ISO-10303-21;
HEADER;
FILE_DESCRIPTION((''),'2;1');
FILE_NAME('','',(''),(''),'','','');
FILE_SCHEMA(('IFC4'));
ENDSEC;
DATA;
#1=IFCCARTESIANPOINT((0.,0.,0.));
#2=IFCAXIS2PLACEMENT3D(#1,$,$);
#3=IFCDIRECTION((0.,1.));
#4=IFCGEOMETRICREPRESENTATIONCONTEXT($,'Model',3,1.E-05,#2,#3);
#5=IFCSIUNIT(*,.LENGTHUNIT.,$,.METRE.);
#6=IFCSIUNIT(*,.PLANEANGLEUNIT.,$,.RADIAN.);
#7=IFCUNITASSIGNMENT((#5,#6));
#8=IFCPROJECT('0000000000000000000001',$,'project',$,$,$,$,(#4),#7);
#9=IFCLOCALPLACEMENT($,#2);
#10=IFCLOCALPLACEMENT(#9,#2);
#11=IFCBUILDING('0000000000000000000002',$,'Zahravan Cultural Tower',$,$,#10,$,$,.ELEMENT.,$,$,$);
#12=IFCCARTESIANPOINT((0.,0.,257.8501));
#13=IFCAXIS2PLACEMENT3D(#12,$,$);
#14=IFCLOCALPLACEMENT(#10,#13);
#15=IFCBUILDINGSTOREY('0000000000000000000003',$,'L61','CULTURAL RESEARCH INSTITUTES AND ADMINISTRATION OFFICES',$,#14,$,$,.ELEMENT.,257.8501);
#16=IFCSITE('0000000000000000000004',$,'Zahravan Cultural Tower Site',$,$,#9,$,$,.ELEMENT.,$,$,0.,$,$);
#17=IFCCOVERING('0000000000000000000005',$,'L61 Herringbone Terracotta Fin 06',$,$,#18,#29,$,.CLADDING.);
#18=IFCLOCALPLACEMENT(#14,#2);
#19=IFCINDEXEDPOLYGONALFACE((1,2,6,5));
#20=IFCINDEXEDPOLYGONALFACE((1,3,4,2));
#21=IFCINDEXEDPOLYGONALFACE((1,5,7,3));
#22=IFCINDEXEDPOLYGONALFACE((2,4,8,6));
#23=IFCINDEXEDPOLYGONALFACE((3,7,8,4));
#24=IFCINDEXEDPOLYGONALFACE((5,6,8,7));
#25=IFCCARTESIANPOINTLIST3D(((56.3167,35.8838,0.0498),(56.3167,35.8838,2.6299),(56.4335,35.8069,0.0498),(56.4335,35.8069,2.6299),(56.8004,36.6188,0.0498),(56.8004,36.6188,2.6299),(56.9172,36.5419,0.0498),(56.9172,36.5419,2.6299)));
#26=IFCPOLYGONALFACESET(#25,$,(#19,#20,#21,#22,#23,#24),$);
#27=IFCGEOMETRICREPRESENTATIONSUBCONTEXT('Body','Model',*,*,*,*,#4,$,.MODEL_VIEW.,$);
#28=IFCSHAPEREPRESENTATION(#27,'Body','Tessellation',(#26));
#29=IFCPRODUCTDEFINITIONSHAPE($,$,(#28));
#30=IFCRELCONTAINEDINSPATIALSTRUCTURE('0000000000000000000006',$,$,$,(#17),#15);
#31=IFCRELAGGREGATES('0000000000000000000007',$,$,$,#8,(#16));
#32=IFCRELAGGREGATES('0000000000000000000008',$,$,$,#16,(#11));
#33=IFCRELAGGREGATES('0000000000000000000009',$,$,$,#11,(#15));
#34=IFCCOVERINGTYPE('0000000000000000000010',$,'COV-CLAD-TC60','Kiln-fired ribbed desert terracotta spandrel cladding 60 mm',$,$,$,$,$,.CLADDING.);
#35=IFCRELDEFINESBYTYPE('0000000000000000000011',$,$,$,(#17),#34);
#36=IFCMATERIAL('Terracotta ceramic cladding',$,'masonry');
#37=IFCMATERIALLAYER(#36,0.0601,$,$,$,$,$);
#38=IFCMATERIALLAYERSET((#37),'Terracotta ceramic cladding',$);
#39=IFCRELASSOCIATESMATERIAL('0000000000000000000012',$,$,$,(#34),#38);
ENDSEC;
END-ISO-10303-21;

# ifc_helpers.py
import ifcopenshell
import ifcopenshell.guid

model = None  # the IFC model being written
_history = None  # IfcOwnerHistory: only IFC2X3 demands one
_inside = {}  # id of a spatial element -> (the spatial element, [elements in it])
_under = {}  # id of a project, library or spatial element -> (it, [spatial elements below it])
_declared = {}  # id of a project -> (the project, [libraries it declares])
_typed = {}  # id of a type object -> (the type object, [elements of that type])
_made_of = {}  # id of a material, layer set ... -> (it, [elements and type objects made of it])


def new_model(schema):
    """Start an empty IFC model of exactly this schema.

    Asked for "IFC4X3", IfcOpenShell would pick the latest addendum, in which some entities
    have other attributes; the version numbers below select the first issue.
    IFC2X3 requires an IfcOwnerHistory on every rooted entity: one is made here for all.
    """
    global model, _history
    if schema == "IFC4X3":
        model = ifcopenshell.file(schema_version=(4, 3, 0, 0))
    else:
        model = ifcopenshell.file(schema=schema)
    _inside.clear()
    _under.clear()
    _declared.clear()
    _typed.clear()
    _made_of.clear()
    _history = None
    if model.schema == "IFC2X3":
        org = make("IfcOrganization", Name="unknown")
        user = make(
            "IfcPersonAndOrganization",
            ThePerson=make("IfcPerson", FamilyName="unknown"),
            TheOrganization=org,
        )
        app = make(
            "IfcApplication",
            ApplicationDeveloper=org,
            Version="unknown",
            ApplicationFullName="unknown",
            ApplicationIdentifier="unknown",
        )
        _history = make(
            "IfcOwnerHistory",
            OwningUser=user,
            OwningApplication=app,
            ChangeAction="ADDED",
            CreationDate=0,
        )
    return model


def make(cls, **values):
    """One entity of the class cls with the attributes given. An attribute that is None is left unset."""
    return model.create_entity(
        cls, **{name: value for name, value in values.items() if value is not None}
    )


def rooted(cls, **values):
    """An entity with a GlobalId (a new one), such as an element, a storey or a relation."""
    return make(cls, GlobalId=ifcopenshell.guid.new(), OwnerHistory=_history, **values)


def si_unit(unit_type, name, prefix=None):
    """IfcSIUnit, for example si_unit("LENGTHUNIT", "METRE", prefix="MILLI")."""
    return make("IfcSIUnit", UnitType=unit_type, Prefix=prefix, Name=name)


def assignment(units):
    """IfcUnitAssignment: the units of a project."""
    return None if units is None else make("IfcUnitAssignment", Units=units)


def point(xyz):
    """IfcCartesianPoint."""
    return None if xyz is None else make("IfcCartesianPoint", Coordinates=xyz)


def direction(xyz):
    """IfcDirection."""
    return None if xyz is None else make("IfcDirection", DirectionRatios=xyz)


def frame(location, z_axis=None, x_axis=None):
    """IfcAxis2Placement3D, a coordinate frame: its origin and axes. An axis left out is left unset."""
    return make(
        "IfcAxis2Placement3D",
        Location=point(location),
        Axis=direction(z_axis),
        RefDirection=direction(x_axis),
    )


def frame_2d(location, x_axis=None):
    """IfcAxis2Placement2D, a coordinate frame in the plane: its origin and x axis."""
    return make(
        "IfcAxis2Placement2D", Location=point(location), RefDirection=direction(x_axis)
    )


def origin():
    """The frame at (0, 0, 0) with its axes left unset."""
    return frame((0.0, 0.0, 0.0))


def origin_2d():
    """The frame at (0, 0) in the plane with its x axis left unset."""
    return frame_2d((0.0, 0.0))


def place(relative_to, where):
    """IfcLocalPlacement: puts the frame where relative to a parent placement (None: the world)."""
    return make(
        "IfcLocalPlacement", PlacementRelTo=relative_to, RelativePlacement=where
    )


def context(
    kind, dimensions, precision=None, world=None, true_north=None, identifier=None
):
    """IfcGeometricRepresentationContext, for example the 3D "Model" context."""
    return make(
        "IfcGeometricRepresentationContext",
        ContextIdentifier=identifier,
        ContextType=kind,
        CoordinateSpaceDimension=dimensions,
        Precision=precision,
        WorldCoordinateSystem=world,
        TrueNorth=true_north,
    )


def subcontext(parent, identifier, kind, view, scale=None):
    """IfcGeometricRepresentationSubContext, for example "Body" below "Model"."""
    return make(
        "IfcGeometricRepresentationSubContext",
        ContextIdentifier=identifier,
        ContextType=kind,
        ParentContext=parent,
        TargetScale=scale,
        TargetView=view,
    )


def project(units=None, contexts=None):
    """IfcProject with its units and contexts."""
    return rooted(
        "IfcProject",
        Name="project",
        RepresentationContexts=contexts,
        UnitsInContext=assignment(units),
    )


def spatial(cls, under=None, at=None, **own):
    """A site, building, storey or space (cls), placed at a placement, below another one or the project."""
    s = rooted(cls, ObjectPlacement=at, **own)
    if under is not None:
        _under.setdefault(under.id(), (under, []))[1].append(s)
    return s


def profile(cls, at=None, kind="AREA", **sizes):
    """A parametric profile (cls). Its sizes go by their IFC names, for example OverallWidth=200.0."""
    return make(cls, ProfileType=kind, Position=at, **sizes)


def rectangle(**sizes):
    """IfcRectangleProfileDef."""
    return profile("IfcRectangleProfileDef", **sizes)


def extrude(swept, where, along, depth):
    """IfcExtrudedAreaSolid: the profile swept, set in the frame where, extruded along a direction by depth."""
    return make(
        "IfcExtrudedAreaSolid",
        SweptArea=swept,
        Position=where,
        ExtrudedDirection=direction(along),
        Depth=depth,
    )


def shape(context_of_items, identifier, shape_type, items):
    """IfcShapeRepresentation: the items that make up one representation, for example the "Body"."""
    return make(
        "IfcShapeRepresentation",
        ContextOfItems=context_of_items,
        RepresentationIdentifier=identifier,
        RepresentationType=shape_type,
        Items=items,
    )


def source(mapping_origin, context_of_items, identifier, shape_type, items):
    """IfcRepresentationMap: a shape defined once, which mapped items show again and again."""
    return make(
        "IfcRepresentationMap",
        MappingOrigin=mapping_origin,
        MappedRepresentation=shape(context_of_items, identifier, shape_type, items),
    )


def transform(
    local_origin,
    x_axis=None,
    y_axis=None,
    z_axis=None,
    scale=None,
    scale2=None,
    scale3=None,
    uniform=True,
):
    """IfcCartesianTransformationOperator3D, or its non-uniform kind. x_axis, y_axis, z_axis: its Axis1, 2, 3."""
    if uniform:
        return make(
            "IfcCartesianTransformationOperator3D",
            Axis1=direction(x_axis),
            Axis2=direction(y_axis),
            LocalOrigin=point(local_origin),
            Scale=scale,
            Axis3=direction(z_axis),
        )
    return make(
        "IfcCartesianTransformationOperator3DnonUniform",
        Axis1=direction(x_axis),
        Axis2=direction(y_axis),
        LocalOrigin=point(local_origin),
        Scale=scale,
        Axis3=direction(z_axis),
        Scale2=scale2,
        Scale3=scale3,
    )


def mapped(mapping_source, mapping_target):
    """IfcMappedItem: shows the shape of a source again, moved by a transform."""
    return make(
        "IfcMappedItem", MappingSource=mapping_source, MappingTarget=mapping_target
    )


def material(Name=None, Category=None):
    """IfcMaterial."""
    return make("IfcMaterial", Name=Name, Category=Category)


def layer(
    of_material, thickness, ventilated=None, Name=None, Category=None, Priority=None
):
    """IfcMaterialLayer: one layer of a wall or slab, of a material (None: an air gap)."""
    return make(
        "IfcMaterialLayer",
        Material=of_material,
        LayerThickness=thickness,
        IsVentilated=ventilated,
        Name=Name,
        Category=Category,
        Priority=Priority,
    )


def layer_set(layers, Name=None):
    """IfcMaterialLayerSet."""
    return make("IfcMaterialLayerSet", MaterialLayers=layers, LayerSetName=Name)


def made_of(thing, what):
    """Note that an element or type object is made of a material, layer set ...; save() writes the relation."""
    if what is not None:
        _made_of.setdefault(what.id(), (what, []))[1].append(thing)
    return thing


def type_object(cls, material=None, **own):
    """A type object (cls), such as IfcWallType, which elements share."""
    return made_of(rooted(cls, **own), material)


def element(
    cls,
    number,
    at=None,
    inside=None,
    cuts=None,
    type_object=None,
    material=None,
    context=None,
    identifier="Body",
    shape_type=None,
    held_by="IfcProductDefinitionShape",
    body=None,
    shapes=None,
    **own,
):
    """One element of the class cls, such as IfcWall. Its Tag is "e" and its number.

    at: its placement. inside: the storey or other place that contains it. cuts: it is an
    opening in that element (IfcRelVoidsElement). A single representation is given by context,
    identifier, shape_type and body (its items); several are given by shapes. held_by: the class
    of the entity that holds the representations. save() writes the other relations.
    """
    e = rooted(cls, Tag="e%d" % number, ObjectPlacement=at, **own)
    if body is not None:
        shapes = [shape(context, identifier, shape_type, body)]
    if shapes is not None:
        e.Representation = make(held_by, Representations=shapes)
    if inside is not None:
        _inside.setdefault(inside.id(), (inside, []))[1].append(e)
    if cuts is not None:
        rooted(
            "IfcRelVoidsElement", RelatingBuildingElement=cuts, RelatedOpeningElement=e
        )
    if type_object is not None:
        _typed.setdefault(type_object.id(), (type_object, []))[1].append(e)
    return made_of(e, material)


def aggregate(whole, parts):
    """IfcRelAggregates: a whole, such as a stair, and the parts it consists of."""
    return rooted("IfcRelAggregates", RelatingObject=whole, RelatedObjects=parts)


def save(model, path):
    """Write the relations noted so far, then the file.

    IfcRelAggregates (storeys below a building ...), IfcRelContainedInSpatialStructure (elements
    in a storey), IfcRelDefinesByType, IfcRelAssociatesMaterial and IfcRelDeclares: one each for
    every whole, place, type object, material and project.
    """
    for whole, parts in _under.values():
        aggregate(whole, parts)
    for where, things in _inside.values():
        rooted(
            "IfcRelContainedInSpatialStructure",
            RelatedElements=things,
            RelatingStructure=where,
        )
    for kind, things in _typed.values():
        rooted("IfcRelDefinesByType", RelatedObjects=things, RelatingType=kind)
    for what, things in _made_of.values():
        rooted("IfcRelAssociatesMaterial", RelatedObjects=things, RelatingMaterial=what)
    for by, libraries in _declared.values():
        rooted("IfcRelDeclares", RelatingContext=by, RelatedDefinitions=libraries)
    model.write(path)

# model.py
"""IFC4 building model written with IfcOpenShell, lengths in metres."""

from ifc_helpers import new_model, si_unit, direction, frame, origin, origin_2d, place, context, subcontext, project, spatial, rectangle, extrude, source, transform, mapped, material, layer, layer_set, type_object, element, save


model = new_model("IFC4")

# Units and contexts
model_context = context("Model", 3, precision=1e-05, world=origin(), true_north=direction((0.0, 1.0)))
body_context = subcontext(model_context, "Body", "Model", "MODEL_VIEW")
ifc_project = project(units=[si_unit("LENGTHUNIT", "METRE"), si_unit("PLANEANGLEUNIT", "RADIAN")], contexts=[model_context])

# Site, building, storey
site_placement = place(None, origin())
site = spatial("IfcSite", under=ifc_project, at=site_placement, Name="Zahravan Cultural Tower Site", CompositionType="ELEMENT", RefElevation=0.0)
building_placement = place(site_placement, origin())
building = spatial("IfcBuilding", under=site, at=building_placement, Name="Zahravan Cultural Tower", CompositionType="ELEMENT")
storey_placement = place(building_placement, frame((0.0, 0.0, 257.8501)))
storey = spatial("IfcBuildingStorey", under=building, at=storey_placement, Name="L61", Description="CULTURAL RESEARCH INSTITUTES AND ADMINISTRATION OFFICES", CompositionType="ELEMENT", Elevation=257.8501)

# Covering
ifc_material_1 = material(Name="Terracotta ceramic cladding", Category="masonry")
ifc_layer_1 = layer(ifc_material_1, 0.0601)
ifc_layer_set_1 = layer_set([ifc_layer_1], Name="Terracotta ceramic cladding")
covering_type = type_object("IfcCoveringType", Name="COV-CLAD-TC60", Description="Kiln-fired ribbed desert terracotta spandrel cladding 60 mm", PredefinedType="CLADDING", material=ifc_layer_set_1)
shared_shape_1 = source(origin(), body_context, "Body", "SweptSolid", [
    extrude(rectangle(XDim=0.8799, YDim=0.1399, at=origin_2d()), origin(), (0.0, 0.0, 1.0), 2.5801),
])
for number, where, z_axis, x_axis, name in (
    (1, (56.6169, 36.2129, 0.0498), (0.0, 0.0, 1.0), (0.549752, 0.835328, 0.0), "L61 Herringbone Terracotta Fin 06"),
):
    element("IfcCovering", number, at=place(storey_placement, frame(where, z_axis=z_axis, x_axis=x_axis)), inside=storey, type_object=covering_type, Name=name, PredefinedType="CLADDING", context=body_context, shape_type="MappedRepresentation", body=[
        mapped(shared_shape_1, transform((0.0, 0.0, 0.0), x_axis=(1.0, 0.0, 0.0), y_axis=(0.0, 1.0, 0.0), z_axis=(0.0, 0.0, 1.0), scale=1.0)),
    ])

save(model, "model.ifc")
